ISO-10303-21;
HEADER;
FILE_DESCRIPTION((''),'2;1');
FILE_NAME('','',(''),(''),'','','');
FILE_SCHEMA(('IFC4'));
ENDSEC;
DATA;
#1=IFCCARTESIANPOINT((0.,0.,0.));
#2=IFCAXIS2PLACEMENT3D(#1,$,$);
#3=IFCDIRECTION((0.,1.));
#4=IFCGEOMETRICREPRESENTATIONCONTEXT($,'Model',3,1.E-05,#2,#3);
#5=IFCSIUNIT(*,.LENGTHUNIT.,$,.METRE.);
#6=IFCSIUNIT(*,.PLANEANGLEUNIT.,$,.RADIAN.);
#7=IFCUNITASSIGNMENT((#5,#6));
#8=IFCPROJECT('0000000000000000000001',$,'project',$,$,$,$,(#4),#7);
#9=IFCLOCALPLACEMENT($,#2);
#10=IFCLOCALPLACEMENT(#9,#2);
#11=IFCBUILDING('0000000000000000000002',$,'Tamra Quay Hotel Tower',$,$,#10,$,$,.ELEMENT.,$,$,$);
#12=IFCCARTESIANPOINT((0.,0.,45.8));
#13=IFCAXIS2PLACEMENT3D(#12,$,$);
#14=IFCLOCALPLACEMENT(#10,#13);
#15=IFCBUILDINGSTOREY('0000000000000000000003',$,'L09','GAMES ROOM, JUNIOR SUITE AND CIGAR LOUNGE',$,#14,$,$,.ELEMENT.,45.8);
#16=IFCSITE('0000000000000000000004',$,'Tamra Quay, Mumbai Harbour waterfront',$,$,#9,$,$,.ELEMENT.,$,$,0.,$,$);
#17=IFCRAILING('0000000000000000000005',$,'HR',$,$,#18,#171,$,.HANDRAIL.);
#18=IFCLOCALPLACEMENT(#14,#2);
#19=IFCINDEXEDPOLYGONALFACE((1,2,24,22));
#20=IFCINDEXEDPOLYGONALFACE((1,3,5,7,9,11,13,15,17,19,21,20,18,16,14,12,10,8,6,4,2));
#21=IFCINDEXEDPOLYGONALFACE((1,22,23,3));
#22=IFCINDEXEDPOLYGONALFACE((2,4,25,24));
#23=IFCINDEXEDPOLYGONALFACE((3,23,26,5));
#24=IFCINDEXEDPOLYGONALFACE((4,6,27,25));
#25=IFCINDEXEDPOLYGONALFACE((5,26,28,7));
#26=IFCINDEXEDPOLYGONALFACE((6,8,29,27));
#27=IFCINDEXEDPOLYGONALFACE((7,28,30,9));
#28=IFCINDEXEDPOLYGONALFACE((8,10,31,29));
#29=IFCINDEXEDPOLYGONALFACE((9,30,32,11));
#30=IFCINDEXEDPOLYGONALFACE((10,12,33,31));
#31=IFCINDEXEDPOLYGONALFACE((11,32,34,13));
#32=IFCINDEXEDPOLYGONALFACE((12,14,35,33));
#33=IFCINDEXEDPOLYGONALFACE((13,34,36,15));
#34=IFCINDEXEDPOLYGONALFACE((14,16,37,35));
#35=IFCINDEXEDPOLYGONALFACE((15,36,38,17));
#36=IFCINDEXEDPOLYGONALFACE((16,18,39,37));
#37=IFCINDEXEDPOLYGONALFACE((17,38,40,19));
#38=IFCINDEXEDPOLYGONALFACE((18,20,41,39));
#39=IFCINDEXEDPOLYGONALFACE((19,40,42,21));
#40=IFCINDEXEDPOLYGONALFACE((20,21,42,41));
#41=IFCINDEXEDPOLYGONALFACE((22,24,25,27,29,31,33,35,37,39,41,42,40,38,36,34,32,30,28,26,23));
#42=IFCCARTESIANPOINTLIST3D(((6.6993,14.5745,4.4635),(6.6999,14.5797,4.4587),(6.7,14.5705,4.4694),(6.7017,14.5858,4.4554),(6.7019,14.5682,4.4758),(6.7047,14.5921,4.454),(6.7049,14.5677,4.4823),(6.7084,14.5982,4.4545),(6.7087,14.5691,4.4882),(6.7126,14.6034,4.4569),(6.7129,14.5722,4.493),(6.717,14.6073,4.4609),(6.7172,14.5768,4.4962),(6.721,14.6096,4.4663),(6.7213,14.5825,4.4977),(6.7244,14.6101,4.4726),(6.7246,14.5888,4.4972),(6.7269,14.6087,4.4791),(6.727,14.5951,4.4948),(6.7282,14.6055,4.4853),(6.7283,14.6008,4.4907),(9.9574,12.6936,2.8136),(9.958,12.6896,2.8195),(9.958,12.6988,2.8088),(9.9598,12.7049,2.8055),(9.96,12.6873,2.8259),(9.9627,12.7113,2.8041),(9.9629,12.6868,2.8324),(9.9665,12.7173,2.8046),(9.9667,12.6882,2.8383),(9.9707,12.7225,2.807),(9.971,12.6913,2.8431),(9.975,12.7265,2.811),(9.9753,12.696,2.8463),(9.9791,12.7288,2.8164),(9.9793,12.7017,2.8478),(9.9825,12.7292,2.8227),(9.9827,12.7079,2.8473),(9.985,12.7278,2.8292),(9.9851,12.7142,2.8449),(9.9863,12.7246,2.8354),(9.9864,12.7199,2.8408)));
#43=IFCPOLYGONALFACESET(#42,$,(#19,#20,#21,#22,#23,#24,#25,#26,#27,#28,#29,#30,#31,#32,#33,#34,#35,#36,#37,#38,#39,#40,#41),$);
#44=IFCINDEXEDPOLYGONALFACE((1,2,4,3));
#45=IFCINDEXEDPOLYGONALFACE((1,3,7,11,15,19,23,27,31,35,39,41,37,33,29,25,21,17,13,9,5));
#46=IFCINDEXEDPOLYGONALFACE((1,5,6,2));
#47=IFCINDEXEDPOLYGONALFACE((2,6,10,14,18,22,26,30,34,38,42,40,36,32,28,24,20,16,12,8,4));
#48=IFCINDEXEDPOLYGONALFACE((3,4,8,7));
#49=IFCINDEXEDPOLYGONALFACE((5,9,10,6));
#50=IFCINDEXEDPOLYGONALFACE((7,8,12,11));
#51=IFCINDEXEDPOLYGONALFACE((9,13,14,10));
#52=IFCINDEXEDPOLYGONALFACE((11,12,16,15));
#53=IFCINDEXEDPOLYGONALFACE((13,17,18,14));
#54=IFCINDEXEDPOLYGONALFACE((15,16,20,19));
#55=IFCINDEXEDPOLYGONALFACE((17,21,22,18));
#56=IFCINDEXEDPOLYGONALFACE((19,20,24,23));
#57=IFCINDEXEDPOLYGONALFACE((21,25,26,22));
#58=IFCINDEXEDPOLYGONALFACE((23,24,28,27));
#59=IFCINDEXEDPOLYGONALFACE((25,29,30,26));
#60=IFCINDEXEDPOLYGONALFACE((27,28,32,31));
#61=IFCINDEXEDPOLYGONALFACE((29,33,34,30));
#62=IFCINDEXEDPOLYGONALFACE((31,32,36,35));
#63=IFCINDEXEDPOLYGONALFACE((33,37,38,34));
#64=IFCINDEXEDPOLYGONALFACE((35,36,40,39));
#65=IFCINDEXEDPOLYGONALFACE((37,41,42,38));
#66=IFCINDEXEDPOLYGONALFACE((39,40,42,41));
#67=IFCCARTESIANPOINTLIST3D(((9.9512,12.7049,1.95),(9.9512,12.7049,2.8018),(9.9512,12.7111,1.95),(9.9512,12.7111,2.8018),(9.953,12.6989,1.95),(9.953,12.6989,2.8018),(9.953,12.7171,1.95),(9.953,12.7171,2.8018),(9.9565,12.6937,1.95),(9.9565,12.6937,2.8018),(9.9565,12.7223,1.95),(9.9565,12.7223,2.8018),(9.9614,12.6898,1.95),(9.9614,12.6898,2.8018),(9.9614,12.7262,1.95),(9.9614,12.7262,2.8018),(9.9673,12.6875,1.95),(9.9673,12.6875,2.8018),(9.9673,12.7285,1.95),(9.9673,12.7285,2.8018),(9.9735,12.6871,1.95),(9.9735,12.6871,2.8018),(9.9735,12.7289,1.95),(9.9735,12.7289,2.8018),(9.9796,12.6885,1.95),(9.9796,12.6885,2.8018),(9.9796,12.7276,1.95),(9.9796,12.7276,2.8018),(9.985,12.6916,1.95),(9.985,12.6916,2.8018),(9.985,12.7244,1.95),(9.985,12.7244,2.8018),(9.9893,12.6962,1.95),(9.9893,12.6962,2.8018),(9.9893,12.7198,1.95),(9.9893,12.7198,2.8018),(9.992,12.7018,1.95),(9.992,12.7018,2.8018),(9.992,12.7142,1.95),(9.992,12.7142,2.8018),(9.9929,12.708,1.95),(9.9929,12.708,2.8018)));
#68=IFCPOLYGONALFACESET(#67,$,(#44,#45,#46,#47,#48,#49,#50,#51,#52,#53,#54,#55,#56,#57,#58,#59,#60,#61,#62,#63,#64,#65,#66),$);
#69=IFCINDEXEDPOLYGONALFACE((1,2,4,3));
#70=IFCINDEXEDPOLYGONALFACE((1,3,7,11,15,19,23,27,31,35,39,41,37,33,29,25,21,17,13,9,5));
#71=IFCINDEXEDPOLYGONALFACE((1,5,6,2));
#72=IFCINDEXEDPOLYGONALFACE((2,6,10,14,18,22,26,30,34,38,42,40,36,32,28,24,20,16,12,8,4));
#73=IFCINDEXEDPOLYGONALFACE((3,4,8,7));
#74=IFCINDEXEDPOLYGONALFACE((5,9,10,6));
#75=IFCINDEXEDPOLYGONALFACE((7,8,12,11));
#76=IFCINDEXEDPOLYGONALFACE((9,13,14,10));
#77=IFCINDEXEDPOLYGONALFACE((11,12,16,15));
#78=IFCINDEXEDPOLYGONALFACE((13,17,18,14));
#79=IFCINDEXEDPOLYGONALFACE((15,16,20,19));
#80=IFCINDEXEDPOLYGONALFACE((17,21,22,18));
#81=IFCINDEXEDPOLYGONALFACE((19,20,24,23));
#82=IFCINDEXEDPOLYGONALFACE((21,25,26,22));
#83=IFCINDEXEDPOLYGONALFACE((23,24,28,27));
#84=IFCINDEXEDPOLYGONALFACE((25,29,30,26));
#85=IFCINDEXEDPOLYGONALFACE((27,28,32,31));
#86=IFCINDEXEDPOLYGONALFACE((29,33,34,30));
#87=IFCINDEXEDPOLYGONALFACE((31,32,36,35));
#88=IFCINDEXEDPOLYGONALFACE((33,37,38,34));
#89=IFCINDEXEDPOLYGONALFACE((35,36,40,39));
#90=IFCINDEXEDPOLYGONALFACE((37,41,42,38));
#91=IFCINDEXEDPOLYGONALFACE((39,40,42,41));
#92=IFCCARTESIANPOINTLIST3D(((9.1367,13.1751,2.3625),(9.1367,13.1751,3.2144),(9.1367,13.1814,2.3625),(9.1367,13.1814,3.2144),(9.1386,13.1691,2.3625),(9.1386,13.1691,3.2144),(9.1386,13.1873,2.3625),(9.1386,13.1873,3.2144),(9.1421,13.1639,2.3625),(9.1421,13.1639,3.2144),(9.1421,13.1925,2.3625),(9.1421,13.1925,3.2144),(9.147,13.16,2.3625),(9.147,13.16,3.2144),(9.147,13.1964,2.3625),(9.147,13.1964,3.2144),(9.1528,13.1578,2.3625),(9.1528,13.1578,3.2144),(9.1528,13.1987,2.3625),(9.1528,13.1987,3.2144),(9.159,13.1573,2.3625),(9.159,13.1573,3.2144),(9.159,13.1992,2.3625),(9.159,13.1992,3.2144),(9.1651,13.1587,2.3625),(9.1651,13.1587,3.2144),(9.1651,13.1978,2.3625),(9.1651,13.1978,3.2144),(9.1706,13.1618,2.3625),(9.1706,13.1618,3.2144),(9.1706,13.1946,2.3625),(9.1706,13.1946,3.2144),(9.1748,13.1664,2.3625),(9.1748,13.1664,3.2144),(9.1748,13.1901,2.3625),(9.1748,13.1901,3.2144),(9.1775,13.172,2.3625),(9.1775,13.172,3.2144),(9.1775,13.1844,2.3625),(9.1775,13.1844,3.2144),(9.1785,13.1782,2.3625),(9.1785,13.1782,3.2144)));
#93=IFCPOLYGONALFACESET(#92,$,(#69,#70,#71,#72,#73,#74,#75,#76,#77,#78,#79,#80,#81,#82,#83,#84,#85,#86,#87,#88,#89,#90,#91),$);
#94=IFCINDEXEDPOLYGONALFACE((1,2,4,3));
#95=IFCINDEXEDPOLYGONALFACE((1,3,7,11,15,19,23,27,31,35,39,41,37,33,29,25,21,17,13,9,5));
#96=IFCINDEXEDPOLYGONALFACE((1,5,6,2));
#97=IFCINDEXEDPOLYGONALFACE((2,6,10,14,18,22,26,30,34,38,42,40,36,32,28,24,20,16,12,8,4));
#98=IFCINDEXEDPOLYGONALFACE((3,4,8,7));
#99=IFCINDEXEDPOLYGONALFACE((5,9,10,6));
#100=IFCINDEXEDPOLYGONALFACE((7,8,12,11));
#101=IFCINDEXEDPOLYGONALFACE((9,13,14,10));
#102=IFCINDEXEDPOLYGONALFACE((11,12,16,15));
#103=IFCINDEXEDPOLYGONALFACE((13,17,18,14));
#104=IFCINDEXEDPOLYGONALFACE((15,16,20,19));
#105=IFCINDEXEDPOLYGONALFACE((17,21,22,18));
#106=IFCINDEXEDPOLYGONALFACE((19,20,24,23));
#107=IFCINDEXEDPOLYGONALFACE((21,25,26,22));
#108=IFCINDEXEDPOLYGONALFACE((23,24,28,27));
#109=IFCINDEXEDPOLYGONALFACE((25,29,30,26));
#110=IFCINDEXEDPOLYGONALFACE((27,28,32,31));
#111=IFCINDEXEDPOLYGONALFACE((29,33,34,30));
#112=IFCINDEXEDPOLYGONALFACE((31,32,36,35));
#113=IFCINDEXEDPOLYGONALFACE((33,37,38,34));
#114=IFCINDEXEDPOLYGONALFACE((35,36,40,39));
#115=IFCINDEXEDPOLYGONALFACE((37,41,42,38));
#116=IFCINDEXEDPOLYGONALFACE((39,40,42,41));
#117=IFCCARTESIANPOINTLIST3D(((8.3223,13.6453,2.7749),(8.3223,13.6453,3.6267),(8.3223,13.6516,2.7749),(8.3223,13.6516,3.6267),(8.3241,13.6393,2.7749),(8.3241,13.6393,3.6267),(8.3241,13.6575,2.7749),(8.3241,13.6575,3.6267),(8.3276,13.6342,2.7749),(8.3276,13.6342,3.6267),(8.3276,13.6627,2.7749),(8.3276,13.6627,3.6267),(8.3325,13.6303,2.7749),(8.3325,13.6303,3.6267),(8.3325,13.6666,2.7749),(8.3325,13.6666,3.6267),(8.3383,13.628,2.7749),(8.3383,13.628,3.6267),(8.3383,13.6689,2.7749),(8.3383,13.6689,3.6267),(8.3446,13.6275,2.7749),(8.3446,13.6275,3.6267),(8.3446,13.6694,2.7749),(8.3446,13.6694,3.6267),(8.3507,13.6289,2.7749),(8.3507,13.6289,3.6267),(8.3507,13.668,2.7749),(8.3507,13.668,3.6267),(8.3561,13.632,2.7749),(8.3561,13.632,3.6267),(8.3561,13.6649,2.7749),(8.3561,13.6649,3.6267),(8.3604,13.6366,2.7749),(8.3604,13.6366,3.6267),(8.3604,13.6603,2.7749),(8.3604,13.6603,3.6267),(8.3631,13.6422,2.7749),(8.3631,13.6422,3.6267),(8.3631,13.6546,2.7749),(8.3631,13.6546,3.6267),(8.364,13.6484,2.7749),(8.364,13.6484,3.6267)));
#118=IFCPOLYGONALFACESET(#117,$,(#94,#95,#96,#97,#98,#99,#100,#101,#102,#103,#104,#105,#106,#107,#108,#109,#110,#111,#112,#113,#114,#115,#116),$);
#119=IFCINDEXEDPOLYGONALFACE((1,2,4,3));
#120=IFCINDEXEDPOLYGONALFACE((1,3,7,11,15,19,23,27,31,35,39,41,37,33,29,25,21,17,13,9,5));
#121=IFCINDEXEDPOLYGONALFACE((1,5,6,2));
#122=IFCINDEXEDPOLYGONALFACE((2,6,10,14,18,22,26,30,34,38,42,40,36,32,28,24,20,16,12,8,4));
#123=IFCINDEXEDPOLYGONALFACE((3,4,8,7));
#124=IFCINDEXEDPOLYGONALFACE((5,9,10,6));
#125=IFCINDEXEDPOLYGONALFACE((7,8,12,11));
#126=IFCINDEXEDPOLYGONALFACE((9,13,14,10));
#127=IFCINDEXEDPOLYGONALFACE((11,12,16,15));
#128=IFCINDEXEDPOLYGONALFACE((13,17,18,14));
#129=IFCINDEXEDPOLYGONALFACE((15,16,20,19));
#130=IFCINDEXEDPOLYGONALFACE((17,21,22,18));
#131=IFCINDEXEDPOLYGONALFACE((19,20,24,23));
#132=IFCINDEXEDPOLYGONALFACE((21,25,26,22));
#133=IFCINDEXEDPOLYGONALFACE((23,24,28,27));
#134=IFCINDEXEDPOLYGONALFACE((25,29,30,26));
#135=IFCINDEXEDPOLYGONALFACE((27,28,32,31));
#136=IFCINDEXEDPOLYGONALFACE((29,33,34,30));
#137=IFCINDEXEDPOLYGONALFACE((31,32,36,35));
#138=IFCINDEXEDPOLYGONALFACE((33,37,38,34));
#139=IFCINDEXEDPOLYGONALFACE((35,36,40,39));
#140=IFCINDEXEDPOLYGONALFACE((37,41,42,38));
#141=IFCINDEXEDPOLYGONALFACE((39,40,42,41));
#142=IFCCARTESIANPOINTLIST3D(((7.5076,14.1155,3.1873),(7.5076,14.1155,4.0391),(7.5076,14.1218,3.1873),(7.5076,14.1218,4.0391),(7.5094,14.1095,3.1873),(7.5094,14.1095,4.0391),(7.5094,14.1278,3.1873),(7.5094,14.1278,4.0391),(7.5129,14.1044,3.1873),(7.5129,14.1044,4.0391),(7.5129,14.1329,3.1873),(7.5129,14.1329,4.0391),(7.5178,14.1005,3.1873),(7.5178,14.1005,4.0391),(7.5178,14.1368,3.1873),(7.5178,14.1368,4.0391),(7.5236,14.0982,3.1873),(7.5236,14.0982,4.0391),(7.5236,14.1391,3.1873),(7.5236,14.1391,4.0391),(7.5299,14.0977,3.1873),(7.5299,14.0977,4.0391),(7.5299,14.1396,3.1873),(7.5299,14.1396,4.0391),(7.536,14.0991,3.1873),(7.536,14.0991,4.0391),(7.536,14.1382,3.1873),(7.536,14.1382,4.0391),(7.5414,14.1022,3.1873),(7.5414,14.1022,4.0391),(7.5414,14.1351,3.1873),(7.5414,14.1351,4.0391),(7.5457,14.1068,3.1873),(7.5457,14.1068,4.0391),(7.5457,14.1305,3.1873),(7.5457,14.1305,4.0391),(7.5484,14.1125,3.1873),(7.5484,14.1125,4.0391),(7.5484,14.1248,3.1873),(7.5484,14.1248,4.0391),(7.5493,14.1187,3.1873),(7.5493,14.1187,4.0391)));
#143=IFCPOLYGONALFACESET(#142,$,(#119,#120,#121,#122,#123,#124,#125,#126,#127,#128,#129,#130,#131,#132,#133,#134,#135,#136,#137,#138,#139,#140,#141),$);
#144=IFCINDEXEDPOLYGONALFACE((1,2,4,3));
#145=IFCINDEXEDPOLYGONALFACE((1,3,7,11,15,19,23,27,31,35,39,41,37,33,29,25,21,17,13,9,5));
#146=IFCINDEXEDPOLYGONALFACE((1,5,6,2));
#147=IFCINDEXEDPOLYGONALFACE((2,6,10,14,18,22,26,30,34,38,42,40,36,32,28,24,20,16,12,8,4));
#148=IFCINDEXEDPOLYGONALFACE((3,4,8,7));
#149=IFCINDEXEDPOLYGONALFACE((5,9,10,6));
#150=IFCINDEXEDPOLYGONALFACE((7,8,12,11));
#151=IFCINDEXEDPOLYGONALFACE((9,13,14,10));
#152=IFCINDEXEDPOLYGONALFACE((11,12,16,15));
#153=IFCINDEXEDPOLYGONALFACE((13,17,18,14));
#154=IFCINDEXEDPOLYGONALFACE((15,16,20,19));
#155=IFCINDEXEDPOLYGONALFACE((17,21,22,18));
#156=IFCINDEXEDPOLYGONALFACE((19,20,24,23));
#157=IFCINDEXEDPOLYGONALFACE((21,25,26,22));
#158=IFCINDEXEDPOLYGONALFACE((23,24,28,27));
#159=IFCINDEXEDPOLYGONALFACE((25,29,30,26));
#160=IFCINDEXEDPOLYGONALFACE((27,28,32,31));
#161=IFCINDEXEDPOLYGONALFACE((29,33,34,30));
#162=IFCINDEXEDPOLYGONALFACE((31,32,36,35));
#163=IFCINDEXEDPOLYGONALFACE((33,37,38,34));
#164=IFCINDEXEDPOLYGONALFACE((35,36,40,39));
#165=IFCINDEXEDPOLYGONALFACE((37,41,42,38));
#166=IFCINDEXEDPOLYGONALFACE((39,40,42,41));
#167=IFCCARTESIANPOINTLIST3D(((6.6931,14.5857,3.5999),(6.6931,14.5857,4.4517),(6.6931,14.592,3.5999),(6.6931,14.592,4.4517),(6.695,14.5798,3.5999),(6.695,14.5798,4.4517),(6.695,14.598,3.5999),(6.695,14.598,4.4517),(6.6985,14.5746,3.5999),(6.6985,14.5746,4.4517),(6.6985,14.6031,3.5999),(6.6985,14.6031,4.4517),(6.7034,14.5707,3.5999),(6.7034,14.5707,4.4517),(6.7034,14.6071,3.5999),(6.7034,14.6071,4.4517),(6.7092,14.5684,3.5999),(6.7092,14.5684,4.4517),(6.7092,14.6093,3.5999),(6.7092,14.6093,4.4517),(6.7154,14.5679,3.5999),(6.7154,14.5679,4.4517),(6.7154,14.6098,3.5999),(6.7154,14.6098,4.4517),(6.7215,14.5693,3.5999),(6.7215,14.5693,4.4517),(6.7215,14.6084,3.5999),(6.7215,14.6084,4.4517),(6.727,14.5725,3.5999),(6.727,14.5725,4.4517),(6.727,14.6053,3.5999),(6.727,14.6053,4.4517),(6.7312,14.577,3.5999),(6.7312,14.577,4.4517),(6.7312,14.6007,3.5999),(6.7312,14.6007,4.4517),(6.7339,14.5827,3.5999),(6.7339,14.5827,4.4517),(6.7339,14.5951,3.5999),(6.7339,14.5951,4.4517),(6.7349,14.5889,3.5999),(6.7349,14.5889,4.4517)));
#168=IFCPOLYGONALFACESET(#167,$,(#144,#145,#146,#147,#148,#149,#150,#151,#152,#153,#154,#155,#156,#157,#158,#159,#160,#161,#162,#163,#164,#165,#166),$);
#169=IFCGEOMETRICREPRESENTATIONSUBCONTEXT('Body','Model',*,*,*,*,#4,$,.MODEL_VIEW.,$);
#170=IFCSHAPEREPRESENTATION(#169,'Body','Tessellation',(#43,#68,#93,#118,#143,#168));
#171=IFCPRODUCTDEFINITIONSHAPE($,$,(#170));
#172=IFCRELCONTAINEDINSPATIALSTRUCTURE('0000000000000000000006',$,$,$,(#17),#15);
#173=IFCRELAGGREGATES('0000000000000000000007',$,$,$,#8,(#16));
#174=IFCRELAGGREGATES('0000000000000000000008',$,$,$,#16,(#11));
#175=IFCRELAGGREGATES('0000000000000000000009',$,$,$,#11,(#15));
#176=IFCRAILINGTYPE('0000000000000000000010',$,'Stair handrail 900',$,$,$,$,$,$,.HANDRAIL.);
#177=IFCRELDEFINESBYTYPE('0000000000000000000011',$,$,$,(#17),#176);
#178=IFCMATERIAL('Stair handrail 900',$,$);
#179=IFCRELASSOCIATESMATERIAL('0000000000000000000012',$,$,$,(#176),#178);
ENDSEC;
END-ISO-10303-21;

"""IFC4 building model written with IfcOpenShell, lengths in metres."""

from ifc_helpers import new_model, si_unit, direction, frame, origin, origin_2d, place, context, subcontext, project, spatial, circle, extrude, material, type_object, element, save


model = new_model("IFC4")

# Units and contexts
model_context = context("Model", 3, precision=1e-05, world=origin(), true_north=direction((0.0, 1.0)))
body_context = subcontext(model_context, "Body", "Model", "MODEL_VIEW")
ifc_project = project(units=[si_unit("LENGTHUNIT", "METRE"), si_unit("PLANEANGLEUNIT", "RADIAN")], contexts=[model_context])

# Site, building, storey
site_placement = place(None, origin())
site = spatial("IfcSite", under=ifc_project, at=site_placement, Name="Tamra Quay, Mumbai Harbour waterfront", CompositionType="ELEMENT", RefElevation=0.0)
building_placement = place(site_placement, origin())
building = spatial("IfcBuilding", under=site, at=building_placement, Name="Tamra Quay Hotel Tower", CompositionType="ELEMENT")
storey_placement = place(building_placement, frame((0.0, 0.0, 45.8)))
storey = spatial("IfcBuildingStorey", under=building, at=storey_placement, Name="L09", Description="GAMES ROOM, JUNIOR SUITE AND CIGAR LOUNGE", CompositionType="ELEMENT", Elevation=45.8)

# Railing
ifc_material_1 = material(Name="Stair handrail 900")
railing_type_1 = type_object("IfcRailingType", Name="Stair handrail 900", PredefinedType="HANDRAIL", material=ifc_material_1)
railing_1_placement = place(storey_placement, frame((9.9719, 12.708, 1.95)))
element("IfcRailing", 1, at=railing_1_placement, inside=storey, type_object=railing_type_1, Name="HR", PredefinedType="HANDRAIL", context=body_context, shape_type="SweptSolid", body=[
    extrude(circle(Radius=0.0239, at=origin_2d()), frame((0.0, 0.0, 0.876), z_axis=(-0.793122, 0.457865, 0.401642), x_axis=(-0.499964, -0.866046, 0.0)), (0.0, 0.0, 1.0), 4.1079),
    extrude(circle(Radius=0.021, at=origin_2d()), origin(), (0.0, 0.0, 1.0), 0.8518),
    extrude(circle(Radius=0.021, at=origin_2d()), frame((-0.8145, 0.4702, 0.4126)), (0.0, 0.0, 1.0), 0.8518),
    extrude(circle(Radius=0.021, at=origin_2d()), frame((-1.6289, 0.9404, 0.825)), (0.0, 0.0, 1.0), 0.8518),
    extrude(circle(Radius=0.021, at=origin_2d()), frame((-2.4436, 1.4106, 1.2373)), (0.0, 0.0, 1.0), 0.8518),
    extrude(circle(Radius=0.021, at=origin_2d()), frame((-3.2581, 1.8809, 1.6499)), (0.0, 0.0, 1.0), 0.8518),
])

save(model, "model.ifc")
